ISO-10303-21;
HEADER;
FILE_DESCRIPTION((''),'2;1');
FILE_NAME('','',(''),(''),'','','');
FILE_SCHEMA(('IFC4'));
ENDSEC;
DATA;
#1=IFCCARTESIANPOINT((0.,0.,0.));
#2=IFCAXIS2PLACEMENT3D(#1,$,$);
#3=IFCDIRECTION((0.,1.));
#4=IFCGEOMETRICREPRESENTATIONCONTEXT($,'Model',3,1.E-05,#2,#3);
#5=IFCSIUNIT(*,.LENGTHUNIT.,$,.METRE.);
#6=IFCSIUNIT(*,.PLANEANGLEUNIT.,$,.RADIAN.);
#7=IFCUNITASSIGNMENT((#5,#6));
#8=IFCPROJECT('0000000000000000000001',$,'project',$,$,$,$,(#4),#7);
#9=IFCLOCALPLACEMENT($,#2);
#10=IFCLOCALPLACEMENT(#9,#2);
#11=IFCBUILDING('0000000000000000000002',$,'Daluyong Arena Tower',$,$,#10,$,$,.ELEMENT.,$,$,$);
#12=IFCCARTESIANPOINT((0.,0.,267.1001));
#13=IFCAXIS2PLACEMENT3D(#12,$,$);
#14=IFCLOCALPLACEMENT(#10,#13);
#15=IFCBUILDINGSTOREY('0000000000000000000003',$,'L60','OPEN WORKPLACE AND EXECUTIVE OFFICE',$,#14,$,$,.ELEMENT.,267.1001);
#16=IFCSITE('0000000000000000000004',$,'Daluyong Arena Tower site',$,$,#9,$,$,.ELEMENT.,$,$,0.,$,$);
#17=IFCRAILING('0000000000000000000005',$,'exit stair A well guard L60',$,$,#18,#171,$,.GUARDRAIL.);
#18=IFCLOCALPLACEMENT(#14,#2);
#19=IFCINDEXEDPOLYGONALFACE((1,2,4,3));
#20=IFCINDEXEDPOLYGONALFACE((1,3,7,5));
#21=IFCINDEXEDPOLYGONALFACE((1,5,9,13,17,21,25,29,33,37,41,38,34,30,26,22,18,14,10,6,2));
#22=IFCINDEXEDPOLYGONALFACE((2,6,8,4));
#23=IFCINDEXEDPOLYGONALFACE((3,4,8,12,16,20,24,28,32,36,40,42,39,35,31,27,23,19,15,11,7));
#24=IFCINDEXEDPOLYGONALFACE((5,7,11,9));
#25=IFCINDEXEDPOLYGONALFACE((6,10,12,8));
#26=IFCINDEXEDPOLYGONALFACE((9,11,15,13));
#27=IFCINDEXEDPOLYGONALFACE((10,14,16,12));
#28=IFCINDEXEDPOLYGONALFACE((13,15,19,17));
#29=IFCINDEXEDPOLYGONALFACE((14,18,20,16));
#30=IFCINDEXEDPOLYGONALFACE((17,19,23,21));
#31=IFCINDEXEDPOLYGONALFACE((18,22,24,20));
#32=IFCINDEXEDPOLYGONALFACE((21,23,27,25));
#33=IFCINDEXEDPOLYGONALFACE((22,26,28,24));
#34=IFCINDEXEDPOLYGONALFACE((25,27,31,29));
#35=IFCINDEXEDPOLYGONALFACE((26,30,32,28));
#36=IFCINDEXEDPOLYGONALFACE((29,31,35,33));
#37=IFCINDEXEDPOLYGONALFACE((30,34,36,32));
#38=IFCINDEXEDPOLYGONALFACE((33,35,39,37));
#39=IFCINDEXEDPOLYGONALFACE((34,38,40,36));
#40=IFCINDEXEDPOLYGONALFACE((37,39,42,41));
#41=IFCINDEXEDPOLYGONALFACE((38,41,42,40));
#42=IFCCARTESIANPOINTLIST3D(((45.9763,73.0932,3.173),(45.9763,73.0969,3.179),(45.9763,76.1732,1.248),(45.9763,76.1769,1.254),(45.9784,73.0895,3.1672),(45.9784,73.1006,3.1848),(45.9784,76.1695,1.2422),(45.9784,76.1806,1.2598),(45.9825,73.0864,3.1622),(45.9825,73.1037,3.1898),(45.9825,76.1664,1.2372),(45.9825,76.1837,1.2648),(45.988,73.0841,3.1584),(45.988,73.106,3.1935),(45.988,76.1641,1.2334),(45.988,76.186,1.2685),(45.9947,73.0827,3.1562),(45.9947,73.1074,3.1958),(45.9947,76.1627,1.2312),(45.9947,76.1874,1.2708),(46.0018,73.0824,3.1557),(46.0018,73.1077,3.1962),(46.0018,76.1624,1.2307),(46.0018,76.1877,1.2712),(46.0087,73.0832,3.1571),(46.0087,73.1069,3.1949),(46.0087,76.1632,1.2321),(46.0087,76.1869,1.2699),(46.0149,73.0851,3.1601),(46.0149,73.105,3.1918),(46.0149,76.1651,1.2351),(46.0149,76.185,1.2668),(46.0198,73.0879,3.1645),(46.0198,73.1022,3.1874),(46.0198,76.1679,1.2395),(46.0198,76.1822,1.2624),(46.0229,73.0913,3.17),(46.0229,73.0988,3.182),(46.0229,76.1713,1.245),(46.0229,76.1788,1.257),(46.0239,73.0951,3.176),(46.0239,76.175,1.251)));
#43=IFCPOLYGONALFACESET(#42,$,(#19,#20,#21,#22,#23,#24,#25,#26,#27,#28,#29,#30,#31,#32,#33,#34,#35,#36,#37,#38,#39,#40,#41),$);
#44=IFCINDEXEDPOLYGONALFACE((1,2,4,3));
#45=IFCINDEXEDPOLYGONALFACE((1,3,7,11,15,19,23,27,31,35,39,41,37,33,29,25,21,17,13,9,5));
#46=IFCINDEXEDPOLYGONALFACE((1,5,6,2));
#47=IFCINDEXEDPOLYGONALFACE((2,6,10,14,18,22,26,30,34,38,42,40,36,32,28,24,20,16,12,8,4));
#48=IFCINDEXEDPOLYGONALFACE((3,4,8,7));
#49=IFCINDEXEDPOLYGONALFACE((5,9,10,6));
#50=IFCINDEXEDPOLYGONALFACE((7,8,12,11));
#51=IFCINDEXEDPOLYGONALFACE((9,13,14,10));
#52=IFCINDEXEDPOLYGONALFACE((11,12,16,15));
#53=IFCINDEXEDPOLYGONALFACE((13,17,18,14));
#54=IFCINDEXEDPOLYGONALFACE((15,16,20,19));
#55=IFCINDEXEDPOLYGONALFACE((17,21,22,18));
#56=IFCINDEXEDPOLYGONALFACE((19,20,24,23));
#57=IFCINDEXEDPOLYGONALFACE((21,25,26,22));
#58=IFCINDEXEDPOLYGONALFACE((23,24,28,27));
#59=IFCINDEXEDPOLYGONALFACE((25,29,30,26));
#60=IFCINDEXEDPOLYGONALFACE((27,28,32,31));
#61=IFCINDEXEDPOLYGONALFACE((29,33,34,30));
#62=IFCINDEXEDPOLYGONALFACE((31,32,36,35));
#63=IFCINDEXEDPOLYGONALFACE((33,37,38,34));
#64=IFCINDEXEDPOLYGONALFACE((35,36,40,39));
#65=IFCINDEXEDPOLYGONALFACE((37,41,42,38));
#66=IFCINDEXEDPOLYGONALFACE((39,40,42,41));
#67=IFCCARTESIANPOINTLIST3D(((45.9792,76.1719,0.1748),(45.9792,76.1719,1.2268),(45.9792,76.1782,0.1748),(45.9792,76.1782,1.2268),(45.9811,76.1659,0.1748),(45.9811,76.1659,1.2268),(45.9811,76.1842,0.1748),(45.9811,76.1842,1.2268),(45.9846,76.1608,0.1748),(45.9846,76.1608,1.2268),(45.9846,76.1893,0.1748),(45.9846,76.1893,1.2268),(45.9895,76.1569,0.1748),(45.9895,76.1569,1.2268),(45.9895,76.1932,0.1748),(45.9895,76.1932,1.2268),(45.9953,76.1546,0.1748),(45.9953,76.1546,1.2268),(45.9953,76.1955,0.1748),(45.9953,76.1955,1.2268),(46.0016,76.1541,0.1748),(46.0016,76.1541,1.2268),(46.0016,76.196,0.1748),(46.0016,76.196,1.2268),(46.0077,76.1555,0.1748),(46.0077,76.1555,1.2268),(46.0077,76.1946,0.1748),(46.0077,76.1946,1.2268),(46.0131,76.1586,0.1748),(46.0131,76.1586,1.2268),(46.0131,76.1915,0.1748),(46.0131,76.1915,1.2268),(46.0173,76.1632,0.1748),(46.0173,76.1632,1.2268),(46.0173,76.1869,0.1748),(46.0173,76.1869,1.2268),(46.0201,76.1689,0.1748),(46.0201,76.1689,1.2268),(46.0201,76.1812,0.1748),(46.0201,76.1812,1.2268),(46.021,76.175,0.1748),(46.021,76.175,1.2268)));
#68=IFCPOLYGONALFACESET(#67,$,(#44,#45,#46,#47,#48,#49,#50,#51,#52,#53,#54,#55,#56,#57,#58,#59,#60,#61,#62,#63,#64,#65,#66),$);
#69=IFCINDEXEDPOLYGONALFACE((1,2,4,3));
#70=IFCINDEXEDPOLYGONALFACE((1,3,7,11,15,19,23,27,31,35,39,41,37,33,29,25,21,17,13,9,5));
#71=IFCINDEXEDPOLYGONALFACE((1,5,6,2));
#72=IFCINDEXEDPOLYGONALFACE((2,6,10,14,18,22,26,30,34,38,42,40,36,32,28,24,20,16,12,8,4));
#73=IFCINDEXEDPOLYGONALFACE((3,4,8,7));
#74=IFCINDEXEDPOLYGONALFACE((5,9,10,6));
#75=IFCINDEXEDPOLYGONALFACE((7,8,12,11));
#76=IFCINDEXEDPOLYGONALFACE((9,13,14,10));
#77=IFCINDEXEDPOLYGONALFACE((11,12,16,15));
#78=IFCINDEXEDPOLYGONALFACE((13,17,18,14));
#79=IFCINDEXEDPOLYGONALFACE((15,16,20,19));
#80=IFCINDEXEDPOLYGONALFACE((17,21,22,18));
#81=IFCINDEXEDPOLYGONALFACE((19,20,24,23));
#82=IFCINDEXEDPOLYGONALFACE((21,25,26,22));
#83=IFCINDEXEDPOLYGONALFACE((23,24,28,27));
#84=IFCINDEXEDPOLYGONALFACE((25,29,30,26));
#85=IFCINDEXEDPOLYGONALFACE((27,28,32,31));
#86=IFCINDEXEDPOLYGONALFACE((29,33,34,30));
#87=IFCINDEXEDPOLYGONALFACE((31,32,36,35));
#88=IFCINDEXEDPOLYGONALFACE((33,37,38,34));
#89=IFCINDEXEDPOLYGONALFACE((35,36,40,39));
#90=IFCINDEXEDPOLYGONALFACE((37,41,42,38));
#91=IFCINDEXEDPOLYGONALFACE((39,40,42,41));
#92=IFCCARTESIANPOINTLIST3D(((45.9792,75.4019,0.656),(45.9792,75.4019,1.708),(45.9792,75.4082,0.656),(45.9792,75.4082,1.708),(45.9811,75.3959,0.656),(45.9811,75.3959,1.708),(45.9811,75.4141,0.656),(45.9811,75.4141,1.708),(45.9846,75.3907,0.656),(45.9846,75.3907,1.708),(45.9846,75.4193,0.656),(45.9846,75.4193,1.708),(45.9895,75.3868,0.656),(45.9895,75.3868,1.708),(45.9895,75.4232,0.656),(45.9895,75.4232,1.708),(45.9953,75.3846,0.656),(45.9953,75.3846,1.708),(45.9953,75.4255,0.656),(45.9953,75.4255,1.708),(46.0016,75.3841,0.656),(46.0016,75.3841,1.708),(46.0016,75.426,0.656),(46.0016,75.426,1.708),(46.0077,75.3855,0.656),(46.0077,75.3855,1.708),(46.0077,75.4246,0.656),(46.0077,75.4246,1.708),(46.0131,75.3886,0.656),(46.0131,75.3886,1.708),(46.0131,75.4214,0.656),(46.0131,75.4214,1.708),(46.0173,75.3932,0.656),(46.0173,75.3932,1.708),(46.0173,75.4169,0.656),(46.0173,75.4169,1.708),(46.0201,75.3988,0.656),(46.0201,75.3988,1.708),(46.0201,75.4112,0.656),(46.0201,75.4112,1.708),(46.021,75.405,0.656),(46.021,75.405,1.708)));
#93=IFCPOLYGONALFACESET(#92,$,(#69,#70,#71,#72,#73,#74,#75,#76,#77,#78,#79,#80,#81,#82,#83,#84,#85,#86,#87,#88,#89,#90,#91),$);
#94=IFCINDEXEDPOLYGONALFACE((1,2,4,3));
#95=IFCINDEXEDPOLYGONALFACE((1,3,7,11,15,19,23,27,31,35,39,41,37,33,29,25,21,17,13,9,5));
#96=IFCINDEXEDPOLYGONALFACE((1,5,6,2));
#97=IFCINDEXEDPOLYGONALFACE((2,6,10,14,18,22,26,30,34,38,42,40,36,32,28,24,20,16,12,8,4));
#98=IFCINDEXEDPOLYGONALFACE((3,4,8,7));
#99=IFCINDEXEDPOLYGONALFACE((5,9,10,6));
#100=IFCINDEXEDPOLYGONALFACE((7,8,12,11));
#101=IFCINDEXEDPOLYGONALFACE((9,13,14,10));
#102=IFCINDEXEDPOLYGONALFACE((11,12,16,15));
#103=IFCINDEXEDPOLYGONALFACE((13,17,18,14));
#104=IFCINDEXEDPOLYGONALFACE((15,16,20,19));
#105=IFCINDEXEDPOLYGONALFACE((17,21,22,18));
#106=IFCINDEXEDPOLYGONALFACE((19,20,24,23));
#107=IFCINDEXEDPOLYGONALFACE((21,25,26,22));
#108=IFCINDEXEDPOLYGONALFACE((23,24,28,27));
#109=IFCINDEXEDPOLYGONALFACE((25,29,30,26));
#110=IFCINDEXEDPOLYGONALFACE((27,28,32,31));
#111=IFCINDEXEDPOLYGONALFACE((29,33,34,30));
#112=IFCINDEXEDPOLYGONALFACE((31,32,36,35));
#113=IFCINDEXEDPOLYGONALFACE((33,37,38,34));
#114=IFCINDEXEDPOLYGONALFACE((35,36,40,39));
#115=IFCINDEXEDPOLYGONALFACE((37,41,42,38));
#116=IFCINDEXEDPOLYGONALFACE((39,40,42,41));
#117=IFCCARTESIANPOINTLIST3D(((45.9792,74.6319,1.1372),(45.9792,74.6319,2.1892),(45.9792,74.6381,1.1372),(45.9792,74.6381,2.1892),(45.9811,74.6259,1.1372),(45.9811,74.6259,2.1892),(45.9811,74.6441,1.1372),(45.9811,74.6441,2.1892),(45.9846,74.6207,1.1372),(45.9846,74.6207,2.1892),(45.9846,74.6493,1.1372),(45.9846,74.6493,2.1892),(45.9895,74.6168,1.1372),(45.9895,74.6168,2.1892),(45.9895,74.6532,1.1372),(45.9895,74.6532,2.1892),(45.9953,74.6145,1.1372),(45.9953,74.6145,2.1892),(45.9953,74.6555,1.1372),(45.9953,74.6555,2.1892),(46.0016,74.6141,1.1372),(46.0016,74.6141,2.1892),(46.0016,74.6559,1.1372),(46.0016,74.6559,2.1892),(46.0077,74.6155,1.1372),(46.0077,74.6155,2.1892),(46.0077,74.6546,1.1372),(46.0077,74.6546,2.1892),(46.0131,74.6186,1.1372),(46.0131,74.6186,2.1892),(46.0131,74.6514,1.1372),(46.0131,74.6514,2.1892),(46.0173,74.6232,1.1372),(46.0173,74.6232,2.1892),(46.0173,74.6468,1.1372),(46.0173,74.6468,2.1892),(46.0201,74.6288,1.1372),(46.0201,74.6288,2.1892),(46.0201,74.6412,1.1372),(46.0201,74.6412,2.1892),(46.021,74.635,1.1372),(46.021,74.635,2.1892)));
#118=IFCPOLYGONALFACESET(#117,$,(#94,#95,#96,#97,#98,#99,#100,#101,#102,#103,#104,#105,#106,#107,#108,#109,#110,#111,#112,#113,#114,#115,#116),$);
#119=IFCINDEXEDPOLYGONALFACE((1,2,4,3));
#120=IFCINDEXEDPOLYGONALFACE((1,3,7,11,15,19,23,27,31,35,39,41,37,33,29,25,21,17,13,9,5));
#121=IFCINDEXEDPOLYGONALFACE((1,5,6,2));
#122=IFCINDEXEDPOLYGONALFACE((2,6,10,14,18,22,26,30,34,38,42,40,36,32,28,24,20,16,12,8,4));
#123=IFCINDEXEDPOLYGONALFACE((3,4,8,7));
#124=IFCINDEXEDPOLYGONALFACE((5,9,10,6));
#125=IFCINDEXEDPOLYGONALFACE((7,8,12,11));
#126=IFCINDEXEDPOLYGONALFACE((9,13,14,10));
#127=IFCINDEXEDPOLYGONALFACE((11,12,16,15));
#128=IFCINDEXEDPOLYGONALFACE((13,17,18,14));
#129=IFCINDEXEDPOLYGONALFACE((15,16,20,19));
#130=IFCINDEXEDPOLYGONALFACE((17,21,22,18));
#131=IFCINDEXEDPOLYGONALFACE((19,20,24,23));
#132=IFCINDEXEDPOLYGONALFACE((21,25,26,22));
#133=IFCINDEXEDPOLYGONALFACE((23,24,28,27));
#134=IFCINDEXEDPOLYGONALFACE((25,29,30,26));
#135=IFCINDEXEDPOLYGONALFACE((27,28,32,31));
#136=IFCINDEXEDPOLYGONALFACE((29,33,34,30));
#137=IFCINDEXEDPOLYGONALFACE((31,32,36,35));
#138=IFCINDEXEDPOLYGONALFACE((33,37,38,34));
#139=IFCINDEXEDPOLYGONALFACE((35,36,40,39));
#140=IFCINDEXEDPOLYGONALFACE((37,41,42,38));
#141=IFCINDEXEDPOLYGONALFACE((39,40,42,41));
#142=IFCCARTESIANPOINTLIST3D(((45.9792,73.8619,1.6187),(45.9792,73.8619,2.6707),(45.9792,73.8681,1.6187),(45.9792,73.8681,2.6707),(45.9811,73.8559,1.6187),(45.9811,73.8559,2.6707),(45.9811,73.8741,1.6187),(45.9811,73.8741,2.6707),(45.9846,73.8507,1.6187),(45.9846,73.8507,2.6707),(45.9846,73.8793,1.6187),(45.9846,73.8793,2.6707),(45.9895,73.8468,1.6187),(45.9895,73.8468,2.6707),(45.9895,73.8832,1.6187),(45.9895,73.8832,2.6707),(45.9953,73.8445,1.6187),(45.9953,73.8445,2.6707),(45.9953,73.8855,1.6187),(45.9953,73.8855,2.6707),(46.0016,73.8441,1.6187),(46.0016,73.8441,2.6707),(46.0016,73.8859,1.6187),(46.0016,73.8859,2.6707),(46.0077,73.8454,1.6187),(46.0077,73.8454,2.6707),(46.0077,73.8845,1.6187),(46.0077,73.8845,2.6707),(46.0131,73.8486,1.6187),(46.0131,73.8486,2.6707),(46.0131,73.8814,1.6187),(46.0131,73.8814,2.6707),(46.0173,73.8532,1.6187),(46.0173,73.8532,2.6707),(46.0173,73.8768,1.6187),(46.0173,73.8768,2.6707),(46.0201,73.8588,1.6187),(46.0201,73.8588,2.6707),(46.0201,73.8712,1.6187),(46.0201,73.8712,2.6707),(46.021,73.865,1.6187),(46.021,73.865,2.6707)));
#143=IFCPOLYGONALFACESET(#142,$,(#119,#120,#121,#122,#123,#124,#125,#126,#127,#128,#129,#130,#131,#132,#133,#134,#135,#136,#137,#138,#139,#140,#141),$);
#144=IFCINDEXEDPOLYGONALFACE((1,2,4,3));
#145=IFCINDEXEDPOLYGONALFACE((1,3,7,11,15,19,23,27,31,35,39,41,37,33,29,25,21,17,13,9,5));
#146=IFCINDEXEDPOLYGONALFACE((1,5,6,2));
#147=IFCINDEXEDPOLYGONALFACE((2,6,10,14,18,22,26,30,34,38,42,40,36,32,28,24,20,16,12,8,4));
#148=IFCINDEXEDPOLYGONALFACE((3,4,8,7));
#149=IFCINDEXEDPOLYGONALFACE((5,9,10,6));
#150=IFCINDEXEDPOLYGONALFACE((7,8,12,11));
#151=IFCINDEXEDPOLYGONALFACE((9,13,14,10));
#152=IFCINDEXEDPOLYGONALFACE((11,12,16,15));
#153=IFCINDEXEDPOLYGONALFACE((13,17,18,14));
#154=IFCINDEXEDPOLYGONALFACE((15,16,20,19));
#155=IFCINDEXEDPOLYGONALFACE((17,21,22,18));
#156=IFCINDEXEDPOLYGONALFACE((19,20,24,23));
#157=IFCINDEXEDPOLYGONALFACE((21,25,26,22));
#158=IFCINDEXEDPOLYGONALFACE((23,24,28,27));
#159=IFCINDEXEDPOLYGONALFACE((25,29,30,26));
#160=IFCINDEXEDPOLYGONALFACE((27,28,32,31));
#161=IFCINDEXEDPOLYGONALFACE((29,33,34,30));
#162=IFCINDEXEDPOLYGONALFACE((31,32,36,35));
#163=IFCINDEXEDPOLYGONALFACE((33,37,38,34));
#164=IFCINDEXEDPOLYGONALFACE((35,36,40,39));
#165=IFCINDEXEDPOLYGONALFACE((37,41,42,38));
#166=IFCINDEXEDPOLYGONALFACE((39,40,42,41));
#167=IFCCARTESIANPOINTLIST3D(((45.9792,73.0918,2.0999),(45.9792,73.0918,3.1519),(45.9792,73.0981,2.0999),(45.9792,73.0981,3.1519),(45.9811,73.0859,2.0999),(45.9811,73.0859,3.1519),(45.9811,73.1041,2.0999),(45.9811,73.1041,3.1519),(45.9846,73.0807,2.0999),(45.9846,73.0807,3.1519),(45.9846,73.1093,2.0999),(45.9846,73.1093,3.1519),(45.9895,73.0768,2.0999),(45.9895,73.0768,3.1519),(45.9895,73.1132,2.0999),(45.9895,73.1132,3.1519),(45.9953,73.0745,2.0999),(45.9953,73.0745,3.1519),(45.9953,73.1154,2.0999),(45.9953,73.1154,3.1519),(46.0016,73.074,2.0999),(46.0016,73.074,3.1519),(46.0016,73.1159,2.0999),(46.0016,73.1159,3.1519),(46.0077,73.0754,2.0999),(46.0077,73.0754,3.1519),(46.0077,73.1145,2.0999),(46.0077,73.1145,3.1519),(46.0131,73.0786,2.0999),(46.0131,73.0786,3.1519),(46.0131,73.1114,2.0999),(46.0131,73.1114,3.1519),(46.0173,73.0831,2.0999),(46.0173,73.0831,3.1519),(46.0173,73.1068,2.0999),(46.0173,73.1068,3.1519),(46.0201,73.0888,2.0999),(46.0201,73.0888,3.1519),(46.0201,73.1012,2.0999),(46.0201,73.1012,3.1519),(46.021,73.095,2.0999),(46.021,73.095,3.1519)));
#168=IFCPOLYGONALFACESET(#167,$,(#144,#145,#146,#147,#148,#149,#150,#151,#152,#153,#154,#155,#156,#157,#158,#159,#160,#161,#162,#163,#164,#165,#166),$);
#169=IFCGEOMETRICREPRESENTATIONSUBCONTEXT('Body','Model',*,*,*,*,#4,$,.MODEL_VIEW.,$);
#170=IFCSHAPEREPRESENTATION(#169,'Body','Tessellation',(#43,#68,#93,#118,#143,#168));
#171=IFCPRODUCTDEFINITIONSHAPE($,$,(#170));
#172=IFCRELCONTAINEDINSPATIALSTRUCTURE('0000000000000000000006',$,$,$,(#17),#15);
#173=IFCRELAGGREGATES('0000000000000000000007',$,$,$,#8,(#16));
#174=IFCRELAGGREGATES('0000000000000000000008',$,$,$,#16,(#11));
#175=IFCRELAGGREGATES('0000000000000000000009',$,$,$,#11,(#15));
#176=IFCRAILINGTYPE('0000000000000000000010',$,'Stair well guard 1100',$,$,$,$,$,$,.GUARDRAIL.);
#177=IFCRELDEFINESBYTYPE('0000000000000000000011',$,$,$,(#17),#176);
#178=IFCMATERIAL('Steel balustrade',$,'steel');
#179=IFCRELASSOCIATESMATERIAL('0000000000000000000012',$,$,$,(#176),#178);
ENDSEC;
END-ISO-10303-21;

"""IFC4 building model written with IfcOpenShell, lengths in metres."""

from ifc_helpers import new_model, si_unit, direction, frame, origin, origin_2d, place, context, subcontext, project, spatial, circle, extrude, material, type_object, element, save


model = new_model("IFC4")

# Units and contexts
model_context = context("Model", 3, precision=1e-05, world=origin(), true_north=direction((0.0, 1.0)))
body_context = subcontext(model_context, "Body", "Model", "MODEL_VIEW")
ifc_project = project(units=[si_unit("LENGTHUNIT", "METRE"), si_unit("PLANEANGLEUNIT", "RADIAN")], contexts=[model_context])

# Site, building, storey
site_placement = place(None, origin())
site = spatial("IfcSite", under=ifc_project, at=site_placement, Name="Daluyong Arena Tower site", CompositionType="ELEMENT", RefElevation=0.0)
building_placement = place(site_placement, origin())
building = spatial("IfcBuilding", under=site, at=building_placement, Name="Daluyong Arena Tower", CompositionType="ELEMENT")
storey_placement = place(building_placement, frame((0.0, 0.0, 267.1001)))
storey = spatial("IfcBuildingStorey", under=building, at=storey_placement, Name="L60", Description="OPEN WORKPLACE AND EXECUTIVE OFFICE", CompositionType="ELEMENT", Elevation=267.1001)

# Railing
ifc_material_1 = material(Name="Steel balustrade", Category="steel")
railing_type_1 = type_object("IfcRailingType", Name="Stair well guard 1100", PredefinedType="GUARDRAIL", material=ifc_material_1)
railing_1_placement = place(storey_placement, frame((46.0, 76.175, 0.1748)))
element("IfcRailing", 1, at=railing_1_placement, inside=storey, type_object=railing_type_1, Name="exit stair A well guard L60", PredefinedType="GUARDRAIL", context=body_context, shape_type="SweptSolid", body=[
    extrude(circle(Radius=0.0239, at=origin_2d()), frame((0.0, 0.0, 1.0762), z_axis=(0.0, -0.847998, 0.529999), x_axis=(1.0, 0.0, 0.0)), (0.0, 0.0, 1.0), 3.6321),
    extrude(circle(Radius=0.021, at=origin_2d()), origin(), (0.0, 0.0, 1.0), 1.052),
    extrude(circle(Radius=0.021, at=origin_2d()), frame((0.0, -0.77, 0.4812)), (0.0, 0.0, 1.0), 1.052),
    extrude(circle(Radius=0.021, at=origin_2d()), frame((0.0, -1.54, 0.9624)), (0.0, 0.0, 1.0), 1.052),
    extrude(circle(Radius=0.021, at=origin_2d()), frame((0.0, -2.3101, 1.4438)), (0.0, 0.0, 1.0), 1.052),
    extrude(circle(Radius=0.021, at=origin_2d()), frame((0.0, -3.0801, 1.925)), (0.0, 0.0, 1.0), 1.052),
])

save(model, "model.ifc")
